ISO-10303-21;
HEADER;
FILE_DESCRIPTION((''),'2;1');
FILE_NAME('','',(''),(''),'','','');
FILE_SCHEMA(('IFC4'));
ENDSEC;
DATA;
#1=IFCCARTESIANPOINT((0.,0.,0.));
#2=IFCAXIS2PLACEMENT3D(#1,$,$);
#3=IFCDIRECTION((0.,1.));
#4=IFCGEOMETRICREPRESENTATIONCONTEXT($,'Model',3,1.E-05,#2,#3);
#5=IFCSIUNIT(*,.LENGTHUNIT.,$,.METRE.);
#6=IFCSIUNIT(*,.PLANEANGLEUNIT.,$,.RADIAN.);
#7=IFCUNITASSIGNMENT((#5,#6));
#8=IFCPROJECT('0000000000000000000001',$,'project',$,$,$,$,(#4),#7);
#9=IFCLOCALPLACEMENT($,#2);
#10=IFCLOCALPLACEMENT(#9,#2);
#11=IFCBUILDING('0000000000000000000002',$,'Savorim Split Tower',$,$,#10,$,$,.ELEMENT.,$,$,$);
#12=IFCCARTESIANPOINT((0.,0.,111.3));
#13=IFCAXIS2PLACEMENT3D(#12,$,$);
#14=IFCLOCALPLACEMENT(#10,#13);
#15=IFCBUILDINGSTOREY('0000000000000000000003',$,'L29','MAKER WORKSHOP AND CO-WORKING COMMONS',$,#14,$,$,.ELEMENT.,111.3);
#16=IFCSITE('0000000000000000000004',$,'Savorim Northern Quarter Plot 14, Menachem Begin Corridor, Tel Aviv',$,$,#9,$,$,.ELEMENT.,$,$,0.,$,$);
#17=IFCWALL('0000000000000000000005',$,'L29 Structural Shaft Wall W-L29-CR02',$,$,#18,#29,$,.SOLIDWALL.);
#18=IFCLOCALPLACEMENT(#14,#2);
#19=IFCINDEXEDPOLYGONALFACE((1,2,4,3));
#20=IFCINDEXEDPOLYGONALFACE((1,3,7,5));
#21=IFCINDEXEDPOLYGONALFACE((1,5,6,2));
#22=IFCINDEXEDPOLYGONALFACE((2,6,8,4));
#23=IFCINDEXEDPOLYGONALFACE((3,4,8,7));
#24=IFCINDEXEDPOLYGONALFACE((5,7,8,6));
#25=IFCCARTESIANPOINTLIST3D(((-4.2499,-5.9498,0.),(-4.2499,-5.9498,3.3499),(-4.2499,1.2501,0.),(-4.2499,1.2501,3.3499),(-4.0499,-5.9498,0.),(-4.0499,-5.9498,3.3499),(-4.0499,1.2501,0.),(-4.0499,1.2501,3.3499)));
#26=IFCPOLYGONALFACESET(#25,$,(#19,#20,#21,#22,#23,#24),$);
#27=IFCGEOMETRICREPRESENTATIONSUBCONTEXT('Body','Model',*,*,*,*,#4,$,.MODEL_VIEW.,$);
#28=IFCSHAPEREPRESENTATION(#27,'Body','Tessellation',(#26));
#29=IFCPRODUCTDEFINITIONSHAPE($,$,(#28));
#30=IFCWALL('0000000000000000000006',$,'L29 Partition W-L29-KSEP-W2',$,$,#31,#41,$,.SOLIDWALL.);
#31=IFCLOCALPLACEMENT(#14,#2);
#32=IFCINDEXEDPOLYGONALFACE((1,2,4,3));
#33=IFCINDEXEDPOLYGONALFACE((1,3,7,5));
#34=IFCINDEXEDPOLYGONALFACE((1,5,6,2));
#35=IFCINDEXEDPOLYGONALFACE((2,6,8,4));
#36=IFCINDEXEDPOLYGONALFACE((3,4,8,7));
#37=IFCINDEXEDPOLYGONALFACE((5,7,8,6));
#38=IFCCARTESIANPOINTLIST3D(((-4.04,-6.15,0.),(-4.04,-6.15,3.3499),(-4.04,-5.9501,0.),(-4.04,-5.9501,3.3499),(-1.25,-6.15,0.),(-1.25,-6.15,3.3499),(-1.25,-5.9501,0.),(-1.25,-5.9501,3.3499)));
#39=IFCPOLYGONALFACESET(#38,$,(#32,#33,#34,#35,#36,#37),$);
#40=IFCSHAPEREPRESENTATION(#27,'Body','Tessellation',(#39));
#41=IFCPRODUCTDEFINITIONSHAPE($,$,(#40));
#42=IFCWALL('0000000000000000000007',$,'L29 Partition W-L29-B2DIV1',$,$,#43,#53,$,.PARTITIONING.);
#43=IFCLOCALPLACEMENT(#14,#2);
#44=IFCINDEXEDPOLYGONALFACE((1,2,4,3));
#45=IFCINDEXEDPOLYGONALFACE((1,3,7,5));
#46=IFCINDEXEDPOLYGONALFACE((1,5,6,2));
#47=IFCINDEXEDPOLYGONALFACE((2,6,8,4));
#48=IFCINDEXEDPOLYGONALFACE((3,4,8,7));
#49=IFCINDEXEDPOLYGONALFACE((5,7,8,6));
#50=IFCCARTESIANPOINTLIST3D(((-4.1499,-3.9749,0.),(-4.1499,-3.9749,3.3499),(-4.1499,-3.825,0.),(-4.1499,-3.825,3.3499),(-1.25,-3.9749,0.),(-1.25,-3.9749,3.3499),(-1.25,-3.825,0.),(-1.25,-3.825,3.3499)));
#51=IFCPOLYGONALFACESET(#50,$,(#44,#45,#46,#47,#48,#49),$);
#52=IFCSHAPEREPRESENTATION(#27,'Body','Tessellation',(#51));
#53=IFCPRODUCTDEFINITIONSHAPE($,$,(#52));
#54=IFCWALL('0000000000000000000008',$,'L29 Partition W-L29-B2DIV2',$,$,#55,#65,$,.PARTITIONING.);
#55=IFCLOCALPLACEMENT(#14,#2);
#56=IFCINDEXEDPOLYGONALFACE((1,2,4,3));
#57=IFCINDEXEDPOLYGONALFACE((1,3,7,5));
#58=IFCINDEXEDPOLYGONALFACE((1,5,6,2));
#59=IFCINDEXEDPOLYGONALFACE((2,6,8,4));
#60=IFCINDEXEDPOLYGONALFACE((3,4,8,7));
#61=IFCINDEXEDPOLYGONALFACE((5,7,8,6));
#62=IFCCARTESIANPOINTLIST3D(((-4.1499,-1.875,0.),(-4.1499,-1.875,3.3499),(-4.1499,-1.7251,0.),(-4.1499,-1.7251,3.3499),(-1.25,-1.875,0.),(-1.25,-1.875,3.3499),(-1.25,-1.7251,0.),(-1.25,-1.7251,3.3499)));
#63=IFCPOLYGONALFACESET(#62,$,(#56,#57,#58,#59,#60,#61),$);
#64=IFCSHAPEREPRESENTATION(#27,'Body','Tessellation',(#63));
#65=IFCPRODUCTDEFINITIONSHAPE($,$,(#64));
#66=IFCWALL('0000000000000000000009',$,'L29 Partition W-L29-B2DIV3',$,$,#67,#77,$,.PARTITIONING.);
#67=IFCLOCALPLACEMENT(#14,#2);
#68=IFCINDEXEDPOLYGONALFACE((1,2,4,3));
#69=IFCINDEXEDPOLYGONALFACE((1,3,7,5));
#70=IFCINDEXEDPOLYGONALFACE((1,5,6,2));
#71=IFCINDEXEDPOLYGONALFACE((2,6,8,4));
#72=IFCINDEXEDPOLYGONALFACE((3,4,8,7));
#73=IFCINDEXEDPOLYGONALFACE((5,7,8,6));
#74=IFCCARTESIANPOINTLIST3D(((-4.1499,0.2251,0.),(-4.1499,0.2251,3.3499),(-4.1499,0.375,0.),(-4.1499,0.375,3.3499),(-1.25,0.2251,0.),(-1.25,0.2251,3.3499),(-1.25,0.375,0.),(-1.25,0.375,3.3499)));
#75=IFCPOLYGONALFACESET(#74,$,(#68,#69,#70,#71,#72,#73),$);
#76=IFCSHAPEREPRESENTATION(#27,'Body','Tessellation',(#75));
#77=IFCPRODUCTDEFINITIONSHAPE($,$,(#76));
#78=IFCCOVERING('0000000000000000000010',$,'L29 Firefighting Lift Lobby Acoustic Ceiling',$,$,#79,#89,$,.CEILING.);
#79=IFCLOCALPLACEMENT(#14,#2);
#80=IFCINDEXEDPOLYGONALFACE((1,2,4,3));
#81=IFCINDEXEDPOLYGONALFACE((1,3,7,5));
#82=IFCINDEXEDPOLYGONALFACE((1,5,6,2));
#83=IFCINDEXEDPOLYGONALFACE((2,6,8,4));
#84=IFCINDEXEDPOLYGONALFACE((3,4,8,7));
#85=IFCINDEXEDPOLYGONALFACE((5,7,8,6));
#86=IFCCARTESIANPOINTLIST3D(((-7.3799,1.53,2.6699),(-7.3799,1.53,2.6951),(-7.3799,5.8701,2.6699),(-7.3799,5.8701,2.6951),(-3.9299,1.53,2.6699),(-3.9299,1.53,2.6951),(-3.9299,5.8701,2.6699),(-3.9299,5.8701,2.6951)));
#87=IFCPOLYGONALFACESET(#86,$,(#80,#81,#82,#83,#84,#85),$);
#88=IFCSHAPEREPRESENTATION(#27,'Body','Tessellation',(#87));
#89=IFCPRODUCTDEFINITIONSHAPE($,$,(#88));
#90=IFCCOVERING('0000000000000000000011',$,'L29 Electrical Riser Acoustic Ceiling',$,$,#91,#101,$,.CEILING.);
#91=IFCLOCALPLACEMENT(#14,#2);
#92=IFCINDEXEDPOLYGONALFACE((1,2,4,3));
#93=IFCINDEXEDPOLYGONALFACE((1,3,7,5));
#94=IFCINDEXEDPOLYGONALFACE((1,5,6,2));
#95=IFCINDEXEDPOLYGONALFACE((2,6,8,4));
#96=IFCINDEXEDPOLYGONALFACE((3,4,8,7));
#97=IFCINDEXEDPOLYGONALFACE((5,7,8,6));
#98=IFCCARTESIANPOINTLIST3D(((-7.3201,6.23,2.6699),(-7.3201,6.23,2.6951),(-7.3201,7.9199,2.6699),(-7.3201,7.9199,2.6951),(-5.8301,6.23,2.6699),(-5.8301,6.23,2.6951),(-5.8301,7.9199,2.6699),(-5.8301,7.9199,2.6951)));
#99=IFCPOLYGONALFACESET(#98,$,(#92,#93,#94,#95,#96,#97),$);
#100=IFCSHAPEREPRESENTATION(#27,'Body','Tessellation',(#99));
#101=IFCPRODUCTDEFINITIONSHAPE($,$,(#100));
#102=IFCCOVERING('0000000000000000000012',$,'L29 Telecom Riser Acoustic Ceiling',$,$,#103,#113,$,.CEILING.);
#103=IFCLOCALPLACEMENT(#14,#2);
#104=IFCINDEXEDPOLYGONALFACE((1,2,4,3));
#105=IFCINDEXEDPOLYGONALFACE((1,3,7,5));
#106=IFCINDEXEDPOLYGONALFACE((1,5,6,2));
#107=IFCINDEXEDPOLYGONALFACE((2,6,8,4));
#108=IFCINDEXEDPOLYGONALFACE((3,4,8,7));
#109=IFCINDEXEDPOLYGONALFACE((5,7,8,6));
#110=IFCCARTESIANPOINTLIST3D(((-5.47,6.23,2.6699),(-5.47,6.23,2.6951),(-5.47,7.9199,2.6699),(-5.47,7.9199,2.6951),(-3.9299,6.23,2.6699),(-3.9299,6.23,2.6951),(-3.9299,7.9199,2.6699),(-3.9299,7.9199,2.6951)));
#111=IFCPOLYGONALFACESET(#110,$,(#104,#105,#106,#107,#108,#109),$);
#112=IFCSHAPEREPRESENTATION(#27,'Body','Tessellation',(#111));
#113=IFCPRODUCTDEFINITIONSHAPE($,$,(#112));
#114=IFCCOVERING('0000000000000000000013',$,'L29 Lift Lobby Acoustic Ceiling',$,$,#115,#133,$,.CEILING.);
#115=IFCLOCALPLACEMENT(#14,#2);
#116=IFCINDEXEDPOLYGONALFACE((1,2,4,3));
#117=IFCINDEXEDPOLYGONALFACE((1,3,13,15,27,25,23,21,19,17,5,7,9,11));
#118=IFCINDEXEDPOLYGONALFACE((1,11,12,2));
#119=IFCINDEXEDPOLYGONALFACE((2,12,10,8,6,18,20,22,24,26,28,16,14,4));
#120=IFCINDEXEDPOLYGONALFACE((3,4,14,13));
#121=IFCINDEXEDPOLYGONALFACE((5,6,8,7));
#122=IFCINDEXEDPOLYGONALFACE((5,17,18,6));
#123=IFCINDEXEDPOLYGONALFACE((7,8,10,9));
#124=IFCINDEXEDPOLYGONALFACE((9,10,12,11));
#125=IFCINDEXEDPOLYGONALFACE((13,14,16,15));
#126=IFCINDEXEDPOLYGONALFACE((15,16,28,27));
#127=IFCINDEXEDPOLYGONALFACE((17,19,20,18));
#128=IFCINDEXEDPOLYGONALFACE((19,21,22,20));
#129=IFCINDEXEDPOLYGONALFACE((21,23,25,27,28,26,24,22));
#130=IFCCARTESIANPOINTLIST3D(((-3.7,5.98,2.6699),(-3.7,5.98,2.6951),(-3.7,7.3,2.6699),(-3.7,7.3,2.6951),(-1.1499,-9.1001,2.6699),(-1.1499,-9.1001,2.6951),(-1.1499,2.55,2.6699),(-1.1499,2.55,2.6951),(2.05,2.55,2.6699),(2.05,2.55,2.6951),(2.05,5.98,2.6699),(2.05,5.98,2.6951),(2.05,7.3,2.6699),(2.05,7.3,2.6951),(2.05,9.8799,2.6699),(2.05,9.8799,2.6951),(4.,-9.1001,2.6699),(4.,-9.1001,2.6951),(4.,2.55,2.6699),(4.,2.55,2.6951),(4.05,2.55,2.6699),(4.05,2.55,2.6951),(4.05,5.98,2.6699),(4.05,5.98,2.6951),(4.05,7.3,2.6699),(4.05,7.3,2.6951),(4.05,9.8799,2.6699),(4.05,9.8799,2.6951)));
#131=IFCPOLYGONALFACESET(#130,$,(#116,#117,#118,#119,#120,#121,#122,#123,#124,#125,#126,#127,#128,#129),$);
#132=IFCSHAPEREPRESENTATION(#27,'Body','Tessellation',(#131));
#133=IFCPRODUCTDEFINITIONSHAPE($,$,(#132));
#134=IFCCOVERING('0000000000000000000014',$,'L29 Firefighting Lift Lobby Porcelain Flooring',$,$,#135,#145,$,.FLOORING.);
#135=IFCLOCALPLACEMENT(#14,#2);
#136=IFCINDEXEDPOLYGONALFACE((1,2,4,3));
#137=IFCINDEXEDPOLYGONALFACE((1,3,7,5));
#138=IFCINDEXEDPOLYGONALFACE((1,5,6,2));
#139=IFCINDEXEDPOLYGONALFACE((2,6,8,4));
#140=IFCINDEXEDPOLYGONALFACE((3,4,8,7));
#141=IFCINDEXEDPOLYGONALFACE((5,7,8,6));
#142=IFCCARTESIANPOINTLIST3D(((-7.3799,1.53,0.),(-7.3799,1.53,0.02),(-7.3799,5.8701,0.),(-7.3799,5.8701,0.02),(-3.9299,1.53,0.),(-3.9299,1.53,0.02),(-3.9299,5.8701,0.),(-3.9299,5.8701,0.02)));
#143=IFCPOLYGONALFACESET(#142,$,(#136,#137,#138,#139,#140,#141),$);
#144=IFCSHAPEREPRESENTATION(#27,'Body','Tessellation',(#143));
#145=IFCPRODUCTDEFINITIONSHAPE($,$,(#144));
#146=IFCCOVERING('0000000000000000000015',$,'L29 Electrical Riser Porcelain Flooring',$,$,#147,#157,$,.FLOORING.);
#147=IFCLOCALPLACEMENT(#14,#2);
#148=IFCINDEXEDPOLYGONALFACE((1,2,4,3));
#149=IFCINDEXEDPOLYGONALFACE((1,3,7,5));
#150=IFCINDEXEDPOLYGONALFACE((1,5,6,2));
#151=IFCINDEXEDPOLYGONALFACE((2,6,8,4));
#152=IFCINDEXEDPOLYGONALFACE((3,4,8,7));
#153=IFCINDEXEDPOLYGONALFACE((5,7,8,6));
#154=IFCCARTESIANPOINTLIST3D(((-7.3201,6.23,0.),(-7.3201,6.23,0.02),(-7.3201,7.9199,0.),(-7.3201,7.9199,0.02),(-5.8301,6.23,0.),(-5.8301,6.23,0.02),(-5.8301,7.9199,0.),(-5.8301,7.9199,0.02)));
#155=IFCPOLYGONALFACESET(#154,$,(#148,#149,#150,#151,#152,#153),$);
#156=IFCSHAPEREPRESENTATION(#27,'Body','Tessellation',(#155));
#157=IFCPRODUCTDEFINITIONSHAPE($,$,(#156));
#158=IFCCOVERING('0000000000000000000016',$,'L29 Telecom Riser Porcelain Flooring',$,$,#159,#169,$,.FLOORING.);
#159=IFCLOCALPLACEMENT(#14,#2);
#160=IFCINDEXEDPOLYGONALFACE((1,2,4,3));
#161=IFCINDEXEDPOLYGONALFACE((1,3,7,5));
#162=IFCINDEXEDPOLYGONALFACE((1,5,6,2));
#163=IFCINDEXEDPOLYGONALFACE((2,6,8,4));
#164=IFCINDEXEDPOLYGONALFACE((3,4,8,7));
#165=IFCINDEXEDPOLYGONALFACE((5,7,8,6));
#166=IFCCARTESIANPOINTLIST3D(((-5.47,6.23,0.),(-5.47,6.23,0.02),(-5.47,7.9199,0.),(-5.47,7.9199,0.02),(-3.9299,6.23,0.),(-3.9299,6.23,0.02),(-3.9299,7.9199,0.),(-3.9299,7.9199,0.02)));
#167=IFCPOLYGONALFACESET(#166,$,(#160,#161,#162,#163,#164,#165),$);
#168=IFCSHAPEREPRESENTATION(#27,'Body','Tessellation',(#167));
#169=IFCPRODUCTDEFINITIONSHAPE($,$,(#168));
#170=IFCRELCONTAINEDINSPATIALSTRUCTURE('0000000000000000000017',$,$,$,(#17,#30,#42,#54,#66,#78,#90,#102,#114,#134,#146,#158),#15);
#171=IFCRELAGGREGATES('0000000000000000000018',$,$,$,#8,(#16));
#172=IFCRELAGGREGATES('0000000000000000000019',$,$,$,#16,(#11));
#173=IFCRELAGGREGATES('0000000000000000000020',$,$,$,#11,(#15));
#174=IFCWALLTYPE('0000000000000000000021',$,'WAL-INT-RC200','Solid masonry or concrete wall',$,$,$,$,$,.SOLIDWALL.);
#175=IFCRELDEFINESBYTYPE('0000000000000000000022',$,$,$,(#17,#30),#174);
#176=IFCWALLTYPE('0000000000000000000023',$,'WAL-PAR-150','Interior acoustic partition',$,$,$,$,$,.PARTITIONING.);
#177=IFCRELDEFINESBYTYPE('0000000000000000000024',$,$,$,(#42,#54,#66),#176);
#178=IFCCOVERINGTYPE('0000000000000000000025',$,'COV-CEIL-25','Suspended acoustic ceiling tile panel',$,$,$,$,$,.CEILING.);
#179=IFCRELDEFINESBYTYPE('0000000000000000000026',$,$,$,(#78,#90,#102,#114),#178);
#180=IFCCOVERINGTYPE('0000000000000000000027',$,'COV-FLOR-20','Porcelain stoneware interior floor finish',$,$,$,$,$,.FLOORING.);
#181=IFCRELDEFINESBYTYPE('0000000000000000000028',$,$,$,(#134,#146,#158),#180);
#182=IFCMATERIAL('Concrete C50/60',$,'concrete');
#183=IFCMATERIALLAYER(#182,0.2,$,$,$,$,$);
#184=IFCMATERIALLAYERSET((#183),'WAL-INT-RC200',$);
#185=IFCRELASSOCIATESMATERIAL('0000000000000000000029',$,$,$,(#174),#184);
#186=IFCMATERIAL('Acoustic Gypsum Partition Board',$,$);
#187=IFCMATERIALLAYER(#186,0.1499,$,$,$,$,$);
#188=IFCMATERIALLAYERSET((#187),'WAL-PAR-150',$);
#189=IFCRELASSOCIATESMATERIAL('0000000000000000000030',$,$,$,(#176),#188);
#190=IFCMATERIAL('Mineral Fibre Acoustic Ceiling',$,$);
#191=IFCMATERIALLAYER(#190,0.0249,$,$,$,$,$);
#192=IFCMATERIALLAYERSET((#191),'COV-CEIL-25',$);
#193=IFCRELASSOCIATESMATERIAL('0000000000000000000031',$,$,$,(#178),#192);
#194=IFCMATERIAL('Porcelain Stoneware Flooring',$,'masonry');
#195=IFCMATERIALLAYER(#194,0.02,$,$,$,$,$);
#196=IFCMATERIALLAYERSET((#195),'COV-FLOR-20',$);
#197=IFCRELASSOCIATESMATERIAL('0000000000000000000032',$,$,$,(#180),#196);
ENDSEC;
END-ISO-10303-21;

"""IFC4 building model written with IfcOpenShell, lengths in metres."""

from ifc_helpers import new_model, si_unit, direction, frame, frame_2d, origin, place, context, subcontext, project, spatial, polyline, rectangle, outline, extrude, material, layer, layer_set, type_object, element, save


model = new_model("IFC4")

# Units and contexts
model_context = context("Model", 3, precision=1e-05, world=origin(), true_north=direction((0.0, 1.0)))
body_context = subcontext(model_context, "Body", "Model", "MODEL_VIEW")
ifc_project = project(units=[si_unit("LENGTHUNIT", "METRE"), si_unit("PLANEANGLEUNIT", "RADIAN")], contexts=[model_context])

# Site, building, storey
site_placement = place(None, origin())
site = spatial("IfcSite", under=ifc_project, at=site_placement, Name="Savorim Northern Quarter Plot 14, Menachem Begin Corridor, Tel Aviv", CompositionType="ELEMENT", RefElevation=0.0)
building_placement = place(site_placement, origin())
building = spatial("IfcBuilding", under=site, at=building_placement, Name="Savorim Split Tower", CompositionType="ELEMENT")
storey_placement = place(building_placement, frame((0.0, 0.0, 111.3)))
storey = spatial("IfcBuildingStorey", under=building, at=storey_placement, Name="L29", Description="MAKER WORKSHOP AND CO-WORKING COMMONS", CompositionType="ELEMENT", Elevation=111.3)

# Shared definitions
ifc_material_1 = material(Name="Concrete C50/60", Category="concrete")

# Wall
ifc_layer_1 = layer(ifc_material_1, 0.2)
ifc_layer_set_1 = layer_set([ifc_layer_1], Name="WAL-INT-RC200")
wall_type_1 = type_object("IfcWallType", Name="WAL-INT-RC200", Description="Solid masonry or concrete wall", PredefinedType="SOLIDWALL", material=ifc_layer_set_1)
wall_1_placement = place(storey_placement, frame((-4.1499, -5.95, 0.0), z_axis=(0.0, 0.0, 1.0), x_axis=(0.0, 1.0, 0.0)))
element("IfcWall", 1, at=wall_1_placement, inside=storey, type_object=wall_type_1, Name="L29 Structural Shaft Wall W-L29-CR02", PredefinedType="SOLIDWALL", context=body_context, shape_type="SweptSolid", body=[
    extrude(rectangle(XDim=7.2, YDim=0.2, at=frame_2d((3.6001, 0.0))), origin(), (0.0, 0.0, 1.0), 3.3499),
])

# Walls
wall_2_placement = place(storey_placement, frame((-4.04, -6.05, 0.0), z_axis=(0.0, 0.0, 1.0), x_axis=(1.0, 0.0, 0.0)))
element("IfcWall", 2, at=wall_2_placement, inside=storey, type_object=wall_type_1, Name="L29 Partition W-L29-KSEP-W2", PredefinedType="SOLIDWALL", context=body_context, shape_type="SweptSolid", body=[
    extrude(rectangle(XDim=2.79, YDim=0.2, at=frame_2d((1.395, 0.0))), origin(), (0.0, 0.0, 1.0), 3.3499),
])
ifc_material_2 = material(Name="Acoustic Gypsum Partition Board")
ifc_layer_2 = layer(ifc_material_2, 0.1499)
ifc_layer_set_2 = layer_set([ifc_layer_2], Name="WAL-PAR-150")
wall_type_2 = type_object("IfcWallType", Name="WAL-PAR-150", Description="Interior acoustic partition", PredefinedType="PARTITIONING", material=ifc_layer_set_2)
for number, where, z_axis, x_axis, name in (
    (3, (-4.1499, -3.8999, 0.0), (0.0, 0.0, 1.0), (1.0, 0.0, 0.0), "L29 Partition W-L29-B2DIV1"),
    (4, (-4.1499, -1.8, 0.0), (0.0, 0.0, 1.0), (1.0, 0.0, 0.0), "L29 Partition W-L29-B2DIV2"),
    (5, (-4.1499, 0.3, 0.0), (0.0, 0.0, 1.0), (1.0, 0.0, 0.0), "L29 Partition W-L29-B2DIV3"),
):
    element("IfcWall", number, at=place(storey_placement, frame(where, z_axis=z_axis, x_axis=x_axis)), inside=storey, type_object=wall_type_2, Name=name, PredefinedType="PARTITIONING", context=body_context, shape_type="SweptSolid", body=[
        extrude(rectangle(XDim=2.8999, YDim=0.1499, at=frame_2d((1.45, 0.0))), origin(), (0.0, 0.0, 1.0), 3.3499),
    ])

# Coverings
ifc_material_3 = material(Name="Mineral Fibre Acoustic Ceiling")
ifc_layer_3 = layer(ifc_material_3, 0.0249)
ifc_layer_set_3 = layer_set([ifc_layer_3], Name="COV-CEIL-25")
covering_type_1 = type_object("IfcCoveringType", Name="COV-CEIL-25", Description="Suspended acoustic ceiling tile panel", PredefinedType="CEILING", material=ifc_layer_set_3)
covering_1_placement = place(storey_placement, frame((0.0, 0.0, 2.6699)))
element("IfcCovering", 6, at=covering_1_placement, inside=storey, type_object=covering_type_1, Name="L29 Firefighting Lift Lobby Acoustic Ceiling", PredefinedType="CEILING", context=body_context, shape_type="SweptSolid", body=[
    extrude(outline(polyline([(-7.3799, 5.8701), (-7.3799, 1.53), (-3.9299, 1.53), (-3.9299, 5.8701), (-7.3799, 5.8701)])), origin(), (0.0, 0.0, 1.0), 0.0251),
])
covering_2_placement = place(storey_placement, frame((0.0, 0.0, 2.6699)))
element("IfcCovering", 7, at=covering_2_placement, inside=storey, type_object=covering_type_1, Name="L29 Electrical Riser Acoustic Ceiling", PredefinedType="CEILING", context=body_context, shape_type="SweptSolid", body=[
    extrude(outline(polyline([(-7.3201, 7.9199), (-7.3201, 6.23), (-5.8301, 6.23), (-5.8301, 7.9199), (-7.3201, 7.9199)])), origin(), (0.0, 0.0, 1.0), 0.0251),
])
covering_3_placement = place(storey_placement, frame((0.0, 0.0, 2.6699)))
element("IfcCovering", 8, at=covering_3_placement, inside=storey, type_object=covering_type_1, Name="L29 Telecom Riser Acoustic Ceiling", PredefinedType="CEILING", context=body_context, shape_type="SweptSolid", body=[
    extrude(outline(polyline([(-5.47, 7.9199), (-5.47, 6.23), (-3.9299, 6.23), (-3.9299, 7.9199), (-5.47, 7.9199)])), origin(), (0.0, 0.0, 1.0), 0.0251),
])
covering_4_placement = place(storey_placement, frame((0.0, 0.0, 2.6699)))
element("IfcCovering", 9, at=covering_4_placement, inside=storey, type_object=covering_type_1, Name="L29 Lift Lobby Acoustic Ceiling", PredefinedType="CEILING", context=body_context, shape_type="SweptSolid", body=[
    extrude(outline(polyline([(2.05, 2.55), (-1.1499, 2.55), (-1.1499, -9.1001), (4.0, -9.1001), (4.0, 2.55), (4.05, 2.55), (4.05, 5.98), (4.05, 7.3), (4.05, 9.8799), (2.05, 9.8799), (2.05, 7.3), (-3.7, 7.3), (-3.7, 5.98), (2.05, 5.98), (2.05, 2.55)])), origin(), (0.0, 0.0, 1.0), 0.0251),
])
ifc_material_4 = material(Name="Porcelain Stoneware Flooring", Category="masonry")
ifc_layer_4 = layer(ifc_material_4, 0.02)
ifc_layer_set_4 = layer_set([ifc_layer_4], Name="COV-FLOR-20")
covering_type_2 = type_object("IfcCoveringType", Name="COV-FLOR-20", Description="Porcelain stoneware interior floor finish", PredefinedType="FLOORING", material=ifc_layer_set_4)
covering_5_placement = place(storey_placement, origin())
element("IfcCovering", 10, at=covering_5_placement, inside=storey, type_object=covering_type_2, Name="L29 Firefighting Lift Lobby Porcelain Flooring", PredefinedType="FLOORING", context=body_context, shape_type="SweptSolid", body=[
    extrude(outline(polyline([(-7.3799, 5.8701), (-7.3799, 1.53), (-3.9299, 1.53), (-3.9299, 5.8701), (-7.3799, 5.8701)])), origin(), (0.0, 0.0, 1.0), 0.02),
])
covering_6_placement = place(storey_placement, origin())
element("IfcCovering", 11, at=covering_6_placement, inside=storey, type_object=covering_type_2, Name="L29 Electrical Riser Porcelain Flooring", PredefinedType="FLOORING", context=body_context, shape_type="SweptSolid", body=[
    extrude(outline(polyline([(-7.3201, 7.9199), (-7.3201, 6.23), (-5.8301, 6.23), (-5.8301, 7.9199), (-7.3201, 7.9199)])), origin(), (0.0, 0.0, 1.0), 0.02),
])
covering_7_placement = place(storey_placement, origin())
element("IfcCovering", 12, at=covering_7_placement, inside=storey, type_object=covering_type_2, Name="L29 Telecom Riser Porcelain Flooring", PredefinedType="FLOORING", context=body_context, shape_type="SweptSolid", body=[
    extrude(outline(polyline([(-5.47, 7.9199), (-5.47, 6.23), (-3.9299, 6.23), (-3.9299, 7.9199), (-5.47, 7.9199)])), origin(), (0.0, 0.0, 1.0), 0.02),
])

save(model, "model.ifc")
